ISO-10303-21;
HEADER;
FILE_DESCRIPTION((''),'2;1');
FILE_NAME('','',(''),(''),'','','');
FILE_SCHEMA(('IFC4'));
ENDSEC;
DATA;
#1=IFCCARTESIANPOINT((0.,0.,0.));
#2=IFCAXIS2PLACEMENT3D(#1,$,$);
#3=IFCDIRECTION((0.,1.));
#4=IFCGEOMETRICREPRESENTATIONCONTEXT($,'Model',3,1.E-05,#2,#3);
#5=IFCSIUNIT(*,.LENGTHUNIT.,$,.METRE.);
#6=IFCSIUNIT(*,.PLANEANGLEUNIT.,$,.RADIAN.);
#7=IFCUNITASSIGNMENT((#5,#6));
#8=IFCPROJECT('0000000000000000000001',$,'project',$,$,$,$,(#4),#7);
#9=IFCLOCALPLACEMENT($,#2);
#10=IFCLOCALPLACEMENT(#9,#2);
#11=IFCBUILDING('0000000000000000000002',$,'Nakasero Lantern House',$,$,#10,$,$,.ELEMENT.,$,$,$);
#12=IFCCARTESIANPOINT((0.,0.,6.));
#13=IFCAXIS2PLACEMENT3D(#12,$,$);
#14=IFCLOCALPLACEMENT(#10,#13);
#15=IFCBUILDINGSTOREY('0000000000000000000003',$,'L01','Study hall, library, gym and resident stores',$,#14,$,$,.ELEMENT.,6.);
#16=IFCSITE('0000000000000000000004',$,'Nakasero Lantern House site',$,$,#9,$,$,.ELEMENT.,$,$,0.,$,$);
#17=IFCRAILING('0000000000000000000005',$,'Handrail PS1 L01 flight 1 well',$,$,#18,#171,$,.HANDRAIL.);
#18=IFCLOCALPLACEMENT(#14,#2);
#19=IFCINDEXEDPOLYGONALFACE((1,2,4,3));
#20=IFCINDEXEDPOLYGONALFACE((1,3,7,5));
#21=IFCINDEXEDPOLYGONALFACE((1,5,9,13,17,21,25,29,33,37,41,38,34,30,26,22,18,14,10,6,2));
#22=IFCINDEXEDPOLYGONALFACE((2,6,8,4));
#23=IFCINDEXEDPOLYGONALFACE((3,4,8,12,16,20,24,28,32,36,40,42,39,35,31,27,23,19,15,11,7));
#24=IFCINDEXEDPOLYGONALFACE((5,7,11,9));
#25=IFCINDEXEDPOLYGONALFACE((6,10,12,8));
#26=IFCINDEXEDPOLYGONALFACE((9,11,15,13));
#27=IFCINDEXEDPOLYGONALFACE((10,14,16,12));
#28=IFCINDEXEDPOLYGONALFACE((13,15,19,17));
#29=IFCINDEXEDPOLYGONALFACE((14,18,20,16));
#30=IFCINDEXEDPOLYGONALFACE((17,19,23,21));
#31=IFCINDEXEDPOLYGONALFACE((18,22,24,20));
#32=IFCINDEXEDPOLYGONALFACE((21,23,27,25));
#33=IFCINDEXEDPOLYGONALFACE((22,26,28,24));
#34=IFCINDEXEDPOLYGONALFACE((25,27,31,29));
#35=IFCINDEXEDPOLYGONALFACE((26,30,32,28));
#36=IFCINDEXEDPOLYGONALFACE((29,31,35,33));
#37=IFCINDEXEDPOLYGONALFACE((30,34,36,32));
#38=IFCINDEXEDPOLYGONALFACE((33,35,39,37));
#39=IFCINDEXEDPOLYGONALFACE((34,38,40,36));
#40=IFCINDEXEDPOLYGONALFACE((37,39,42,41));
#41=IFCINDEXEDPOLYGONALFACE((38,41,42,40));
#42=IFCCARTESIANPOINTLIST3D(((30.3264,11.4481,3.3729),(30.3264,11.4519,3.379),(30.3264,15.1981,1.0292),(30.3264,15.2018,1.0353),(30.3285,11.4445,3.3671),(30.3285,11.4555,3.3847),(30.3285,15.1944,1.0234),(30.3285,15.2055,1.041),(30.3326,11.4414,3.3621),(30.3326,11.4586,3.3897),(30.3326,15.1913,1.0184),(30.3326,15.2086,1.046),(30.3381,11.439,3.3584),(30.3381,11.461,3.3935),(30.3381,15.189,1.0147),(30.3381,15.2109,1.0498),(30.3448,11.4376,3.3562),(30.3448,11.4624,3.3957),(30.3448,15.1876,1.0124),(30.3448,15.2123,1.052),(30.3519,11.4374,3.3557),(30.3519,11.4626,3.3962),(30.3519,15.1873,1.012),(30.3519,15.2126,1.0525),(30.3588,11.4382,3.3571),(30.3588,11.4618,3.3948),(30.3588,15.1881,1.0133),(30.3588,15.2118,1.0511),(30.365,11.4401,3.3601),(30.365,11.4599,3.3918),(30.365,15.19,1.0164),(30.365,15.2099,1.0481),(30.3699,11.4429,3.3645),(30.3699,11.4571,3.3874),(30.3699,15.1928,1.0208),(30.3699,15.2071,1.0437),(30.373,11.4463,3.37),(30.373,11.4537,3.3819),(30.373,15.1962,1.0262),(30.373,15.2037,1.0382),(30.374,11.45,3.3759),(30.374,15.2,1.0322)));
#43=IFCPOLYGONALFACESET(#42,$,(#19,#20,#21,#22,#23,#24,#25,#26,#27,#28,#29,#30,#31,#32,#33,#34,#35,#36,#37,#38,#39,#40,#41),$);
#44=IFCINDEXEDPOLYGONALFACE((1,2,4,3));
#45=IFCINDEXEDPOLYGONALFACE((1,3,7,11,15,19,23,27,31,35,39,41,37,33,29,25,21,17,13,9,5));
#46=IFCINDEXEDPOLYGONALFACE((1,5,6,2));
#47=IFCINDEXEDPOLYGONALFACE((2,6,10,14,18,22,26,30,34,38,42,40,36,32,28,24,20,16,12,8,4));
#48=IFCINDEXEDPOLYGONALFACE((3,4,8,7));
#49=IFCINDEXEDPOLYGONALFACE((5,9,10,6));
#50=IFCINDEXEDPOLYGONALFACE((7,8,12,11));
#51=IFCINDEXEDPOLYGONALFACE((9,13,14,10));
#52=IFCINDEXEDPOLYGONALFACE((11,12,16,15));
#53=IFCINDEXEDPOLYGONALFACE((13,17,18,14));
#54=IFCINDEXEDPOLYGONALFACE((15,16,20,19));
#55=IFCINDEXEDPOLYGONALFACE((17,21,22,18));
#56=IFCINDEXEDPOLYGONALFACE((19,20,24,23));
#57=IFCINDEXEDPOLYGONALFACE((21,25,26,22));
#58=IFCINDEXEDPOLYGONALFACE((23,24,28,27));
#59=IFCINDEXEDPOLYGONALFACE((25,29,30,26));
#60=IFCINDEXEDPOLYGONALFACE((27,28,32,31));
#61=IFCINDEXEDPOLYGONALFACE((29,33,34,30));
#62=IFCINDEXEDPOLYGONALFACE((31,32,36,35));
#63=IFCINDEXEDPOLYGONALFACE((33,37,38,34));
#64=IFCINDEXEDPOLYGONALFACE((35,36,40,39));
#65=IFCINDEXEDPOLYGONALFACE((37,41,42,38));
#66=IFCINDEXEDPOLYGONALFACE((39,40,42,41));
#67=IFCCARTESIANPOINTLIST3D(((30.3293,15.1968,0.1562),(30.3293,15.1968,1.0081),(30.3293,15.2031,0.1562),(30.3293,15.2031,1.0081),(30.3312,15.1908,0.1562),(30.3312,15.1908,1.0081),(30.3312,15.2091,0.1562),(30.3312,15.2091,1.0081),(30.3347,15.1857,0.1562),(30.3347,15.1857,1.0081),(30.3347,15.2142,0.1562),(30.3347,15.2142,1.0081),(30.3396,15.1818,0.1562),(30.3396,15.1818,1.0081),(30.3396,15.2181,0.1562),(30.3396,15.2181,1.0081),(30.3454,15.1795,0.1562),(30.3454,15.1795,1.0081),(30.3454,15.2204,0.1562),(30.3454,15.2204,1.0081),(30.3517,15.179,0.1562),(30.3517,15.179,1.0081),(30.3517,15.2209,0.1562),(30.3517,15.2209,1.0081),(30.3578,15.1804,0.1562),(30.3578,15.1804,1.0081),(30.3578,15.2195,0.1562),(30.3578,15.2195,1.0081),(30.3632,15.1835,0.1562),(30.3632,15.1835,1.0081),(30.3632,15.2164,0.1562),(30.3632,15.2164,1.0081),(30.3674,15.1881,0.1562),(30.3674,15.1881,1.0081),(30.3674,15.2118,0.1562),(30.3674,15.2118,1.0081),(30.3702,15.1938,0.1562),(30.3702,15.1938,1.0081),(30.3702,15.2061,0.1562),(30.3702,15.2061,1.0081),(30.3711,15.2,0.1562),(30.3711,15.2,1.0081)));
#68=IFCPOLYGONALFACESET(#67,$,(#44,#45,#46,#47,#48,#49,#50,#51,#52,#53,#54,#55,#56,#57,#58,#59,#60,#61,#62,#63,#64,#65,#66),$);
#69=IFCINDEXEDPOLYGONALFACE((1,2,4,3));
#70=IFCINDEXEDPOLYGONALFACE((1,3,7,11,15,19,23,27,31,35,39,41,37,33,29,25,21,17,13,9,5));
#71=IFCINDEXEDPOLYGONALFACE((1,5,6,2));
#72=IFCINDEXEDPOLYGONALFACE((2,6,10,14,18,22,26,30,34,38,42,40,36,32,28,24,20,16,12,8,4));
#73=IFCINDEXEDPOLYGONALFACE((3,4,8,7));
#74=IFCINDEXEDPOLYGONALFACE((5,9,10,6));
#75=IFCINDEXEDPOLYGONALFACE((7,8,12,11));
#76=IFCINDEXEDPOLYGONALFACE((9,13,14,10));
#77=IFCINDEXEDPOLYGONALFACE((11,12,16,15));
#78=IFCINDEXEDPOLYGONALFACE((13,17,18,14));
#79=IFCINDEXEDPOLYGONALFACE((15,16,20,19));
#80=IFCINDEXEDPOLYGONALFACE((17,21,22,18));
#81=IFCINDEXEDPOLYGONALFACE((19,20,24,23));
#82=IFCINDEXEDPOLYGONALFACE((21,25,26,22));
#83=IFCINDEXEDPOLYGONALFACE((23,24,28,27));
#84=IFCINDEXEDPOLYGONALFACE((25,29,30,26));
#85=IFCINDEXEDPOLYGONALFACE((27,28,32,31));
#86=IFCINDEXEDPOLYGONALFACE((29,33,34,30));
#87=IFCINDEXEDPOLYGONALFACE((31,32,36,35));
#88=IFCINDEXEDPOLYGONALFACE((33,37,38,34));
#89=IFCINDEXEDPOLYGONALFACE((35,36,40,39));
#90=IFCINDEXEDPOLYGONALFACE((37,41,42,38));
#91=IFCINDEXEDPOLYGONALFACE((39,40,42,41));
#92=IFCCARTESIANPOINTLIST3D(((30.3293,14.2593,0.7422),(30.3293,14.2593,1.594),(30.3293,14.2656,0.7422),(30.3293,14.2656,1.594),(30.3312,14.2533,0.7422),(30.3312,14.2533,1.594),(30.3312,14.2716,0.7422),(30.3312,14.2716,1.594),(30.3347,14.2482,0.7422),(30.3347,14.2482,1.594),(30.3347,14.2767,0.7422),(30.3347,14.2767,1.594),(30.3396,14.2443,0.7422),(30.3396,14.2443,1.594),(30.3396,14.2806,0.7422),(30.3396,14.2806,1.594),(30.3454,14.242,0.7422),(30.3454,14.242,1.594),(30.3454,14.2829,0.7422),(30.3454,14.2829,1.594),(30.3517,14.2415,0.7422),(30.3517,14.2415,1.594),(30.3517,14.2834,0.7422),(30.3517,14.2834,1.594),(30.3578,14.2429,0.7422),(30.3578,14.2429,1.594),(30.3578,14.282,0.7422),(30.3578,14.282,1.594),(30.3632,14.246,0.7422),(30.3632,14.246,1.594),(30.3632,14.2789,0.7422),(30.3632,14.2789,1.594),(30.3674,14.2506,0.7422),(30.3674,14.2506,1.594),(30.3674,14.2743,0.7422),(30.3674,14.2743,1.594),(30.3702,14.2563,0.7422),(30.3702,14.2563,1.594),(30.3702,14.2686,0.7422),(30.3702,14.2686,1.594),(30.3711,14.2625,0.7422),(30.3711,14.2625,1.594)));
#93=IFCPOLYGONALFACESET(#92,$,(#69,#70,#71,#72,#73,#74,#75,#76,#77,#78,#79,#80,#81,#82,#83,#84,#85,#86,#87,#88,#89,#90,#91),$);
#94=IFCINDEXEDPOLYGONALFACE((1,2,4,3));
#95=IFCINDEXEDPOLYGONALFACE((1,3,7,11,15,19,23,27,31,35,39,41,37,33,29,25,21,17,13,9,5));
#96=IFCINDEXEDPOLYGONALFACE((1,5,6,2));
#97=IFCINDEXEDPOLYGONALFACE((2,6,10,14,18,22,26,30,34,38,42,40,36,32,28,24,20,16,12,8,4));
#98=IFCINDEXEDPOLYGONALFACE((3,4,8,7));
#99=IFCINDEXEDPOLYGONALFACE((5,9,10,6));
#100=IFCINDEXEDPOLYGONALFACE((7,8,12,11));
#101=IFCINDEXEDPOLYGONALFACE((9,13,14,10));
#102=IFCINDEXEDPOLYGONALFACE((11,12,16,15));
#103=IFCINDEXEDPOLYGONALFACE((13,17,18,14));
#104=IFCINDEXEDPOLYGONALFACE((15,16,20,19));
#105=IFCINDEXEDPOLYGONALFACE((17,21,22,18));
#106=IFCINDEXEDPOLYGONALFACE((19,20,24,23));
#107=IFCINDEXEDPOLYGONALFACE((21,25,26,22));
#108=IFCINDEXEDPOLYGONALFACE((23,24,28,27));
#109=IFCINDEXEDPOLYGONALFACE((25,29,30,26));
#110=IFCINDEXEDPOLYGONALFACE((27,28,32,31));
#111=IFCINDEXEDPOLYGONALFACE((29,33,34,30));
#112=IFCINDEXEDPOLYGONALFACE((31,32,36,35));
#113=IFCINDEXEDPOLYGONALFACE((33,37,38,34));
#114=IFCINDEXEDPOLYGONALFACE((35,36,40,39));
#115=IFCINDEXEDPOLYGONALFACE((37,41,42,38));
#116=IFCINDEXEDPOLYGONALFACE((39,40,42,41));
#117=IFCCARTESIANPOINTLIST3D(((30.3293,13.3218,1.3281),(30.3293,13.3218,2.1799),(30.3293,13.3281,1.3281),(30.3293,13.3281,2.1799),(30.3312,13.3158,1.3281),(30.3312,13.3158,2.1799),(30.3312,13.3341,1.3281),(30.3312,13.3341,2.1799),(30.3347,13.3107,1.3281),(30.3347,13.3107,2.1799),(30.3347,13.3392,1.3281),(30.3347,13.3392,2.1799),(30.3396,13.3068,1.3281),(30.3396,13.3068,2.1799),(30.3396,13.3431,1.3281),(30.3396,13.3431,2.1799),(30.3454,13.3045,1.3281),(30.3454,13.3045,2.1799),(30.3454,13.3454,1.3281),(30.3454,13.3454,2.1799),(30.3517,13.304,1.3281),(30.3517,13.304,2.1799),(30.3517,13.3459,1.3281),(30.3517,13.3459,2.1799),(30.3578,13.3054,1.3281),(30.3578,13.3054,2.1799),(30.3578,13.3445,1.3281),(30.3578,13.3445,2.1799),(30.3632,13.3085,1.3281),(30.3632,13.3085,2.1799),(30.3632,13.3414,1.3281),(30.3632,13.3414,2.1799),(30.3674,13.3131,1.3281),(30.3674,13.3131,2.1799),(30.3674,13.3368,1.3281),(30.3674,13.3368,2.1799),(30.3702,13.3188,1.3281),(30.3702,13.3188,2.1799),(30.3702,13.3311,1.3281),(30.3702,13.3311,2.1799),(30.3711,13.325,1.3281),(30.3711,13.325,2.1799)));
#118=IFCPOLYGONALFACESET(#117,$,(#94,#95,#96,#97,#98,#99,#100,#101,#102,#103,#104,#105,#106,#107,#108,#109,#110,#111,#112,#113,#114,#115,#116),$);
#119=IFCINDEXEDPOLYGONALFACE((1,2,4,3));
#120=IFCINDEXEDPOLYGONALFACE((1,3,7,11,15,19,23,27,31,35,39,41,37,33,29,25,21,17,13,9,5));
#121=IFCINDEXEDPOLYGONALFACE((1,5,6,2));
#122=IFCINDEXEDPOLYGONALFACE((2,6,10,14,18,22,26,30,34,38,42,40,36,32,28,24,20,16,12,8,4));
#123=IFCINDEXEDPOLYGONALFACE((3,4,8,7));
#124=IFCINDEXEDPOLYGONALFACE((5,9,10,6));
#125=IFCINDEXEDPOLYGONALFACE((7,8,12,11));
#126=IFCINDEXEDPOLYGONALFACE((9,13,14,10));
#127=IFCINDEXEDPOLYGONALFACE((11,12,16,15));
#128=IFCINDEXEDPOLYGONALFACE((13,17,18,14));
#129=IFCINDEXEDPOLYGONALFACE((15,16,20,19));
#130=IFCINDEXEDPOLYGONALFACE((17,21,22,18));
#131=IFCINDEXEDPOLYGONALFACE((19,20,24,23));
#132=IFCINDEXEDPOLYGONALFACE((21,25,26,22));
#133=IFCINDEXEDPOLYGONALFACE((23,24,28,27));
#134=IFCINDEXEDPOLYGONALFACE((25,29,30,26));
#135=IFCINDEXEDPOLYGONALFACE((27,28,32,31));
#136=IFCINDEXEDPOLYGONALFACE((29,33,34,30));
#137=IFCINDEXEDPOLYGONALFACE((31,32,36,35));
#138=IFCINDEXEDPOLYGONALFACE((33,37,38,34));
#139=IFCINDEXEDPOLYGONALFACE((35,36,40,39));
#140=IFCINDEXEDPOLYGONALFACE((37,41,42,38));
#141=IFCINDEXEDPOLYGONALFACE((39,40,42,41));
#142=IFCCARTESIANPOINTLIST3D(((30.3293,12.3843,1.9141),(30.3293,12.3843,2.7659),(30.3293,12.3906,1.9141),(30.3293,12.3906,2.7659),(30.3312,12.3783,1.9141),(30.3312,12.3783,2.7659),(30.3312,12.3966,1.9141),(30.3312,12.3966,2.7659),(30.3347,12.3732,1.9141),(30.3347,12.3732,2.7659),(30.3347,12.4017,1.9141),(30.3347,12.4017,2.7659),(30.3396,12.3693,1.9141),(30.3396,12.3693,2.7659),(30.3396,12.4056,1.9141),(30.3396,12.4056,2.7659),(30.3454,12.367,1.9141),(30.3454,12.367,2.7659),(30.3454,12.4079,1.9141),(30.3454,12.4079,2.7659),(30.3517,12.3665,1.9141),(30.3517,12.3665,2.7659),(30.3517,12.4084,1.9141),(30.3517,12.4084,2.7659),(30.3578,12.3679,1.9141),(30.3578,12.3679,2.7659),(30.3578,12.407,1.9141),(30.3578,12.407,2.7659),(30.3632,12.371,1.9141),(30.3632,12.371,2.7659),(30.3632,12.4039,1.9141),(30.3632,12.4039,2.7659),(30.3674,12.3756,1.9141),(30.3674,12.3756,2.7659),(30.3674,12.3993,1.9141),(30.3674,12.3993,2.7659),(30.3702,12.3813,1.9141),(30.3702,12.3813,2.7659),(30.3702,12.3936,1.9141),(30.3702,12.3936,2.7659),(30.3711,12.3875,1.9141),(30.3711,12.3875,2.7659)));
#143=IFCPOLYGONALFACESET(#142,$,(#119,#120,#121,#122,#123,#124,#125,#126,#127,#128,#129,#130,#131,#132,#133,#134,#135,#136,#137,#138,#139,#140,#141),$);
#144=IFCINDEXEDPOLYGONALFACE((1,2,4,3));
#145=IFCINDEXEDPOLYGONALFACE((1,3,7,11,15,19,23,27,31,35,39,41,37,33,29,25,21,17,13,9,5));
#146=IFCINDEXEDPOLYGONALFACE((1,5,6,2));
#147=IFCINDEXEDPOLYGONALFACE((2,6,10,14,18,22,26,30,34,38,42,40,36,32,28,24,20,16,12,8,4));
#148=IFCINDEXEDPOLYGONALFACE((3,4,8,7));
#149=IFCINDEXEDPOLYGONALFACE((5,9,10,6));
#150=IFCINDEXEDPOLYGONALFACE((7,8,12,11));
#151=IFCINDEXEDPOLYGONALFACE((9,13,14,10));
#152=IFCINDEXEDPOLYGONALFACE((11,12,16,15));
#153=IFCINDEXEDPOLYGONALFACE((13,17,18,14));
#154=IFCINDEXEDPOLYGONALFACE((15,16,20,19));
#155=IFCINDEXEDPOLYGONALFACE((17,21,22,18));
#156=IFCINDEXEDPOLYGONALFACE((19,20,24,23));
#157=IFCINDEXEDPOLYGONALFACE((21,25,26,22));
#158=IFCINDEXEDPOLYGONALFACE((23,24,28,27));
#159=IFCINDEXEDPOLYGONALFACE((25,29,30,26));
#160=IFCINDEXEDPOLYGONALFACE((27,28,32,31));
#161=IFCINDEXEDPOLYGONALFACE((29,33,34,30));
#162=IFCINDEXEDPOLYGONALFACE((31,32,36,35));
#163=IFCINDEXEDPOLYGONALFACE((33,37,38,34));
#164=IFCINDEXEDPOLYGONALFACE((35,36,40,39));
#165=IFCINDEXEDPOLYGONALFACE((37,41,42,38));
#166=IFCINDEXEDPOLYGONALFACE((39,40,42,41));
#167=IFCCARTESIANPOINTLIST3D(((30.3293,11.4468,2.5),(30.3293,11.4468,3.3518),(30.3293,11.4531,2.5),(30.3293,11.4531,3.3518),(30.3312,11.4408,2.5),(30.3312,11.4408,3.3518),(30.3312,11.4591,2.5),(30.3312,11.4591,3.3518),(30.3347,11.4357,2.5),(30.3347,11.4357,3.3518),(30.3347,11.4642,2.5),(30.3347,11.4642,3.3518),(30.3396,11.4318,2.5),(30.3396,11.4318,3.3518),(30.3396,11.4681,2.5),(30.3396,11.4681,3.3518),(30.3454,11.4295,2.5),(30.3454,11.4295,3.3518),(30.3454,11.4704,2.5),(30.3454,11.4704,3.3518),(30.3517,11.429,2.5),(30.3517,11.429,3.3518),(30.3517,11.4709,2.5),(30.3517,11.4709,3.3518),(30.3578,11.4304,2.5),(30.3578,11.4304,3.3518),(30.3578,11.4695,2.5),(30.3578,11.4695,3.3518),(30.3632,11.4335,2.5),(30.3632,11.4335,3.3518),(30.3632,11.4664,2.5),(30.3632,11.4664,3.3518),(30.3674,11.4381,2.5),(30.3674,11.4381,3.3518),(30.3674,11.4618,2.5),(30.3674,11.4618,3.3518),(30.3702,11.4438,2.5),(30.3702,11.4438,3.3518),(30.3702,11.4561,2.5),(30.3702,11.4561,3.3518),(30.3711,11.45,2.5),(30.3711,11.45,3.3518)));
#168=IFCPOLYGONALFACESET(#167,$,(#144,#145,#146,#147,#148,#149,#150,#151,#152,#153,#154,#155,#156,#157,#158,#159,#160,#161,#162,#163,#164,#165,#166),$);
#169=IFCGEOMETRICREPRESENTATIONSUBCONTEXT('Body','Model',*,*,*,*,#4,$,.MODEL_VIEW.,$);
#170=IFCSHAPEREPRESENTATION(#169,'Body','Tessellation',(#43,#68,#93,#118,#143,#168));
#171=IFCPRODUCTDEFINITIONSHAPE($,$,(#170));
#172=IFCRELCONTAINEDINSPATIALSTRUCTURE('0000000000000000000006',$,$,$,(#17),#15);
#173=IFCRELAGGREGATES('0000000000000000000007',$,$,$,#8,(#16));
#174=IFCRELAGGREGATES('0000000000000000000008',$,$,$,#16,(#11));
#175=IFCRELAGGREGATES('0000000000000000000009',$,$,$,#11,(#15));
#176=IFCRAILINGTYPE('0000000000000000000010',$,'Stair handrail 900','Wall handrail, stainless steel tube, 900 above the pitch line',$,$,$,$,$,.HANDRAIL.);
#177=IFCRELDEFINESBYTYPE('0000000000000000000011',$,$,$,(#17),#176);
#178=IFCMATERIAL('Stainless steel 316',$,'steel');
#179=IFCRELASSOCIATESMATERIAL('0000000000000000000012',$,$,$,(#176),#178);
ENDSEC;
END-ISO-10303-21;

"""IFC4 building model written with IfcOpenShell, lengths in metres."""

from ifc_helpers import new_model, si_unit, direction, frame, origin, origin_2d, place, context, subcontext, project, spatial, circle, extrude, material, type_object, element, save


model = new_model("IFC4")

# Units and contexts
model_context = context("Model", 3, precision=1e-05, world=origin(), true_north=direction((0.0, 1.0)))
body_context = subcontext(model_context, "Body", "Model", "MODEL_VIEW")
ifc_project = project(units=[si_unit("LENGTHUNIT", "METRE"), si_unit("PLANEANGLEUNIT", "RADIAN")], contexts=[model_context])

# Site, building, storey
site_placement = place(None, origin())
site = spatial("IfcSite", under=ifc_project, at=site_placement, Name="Nakasero Lantern House site", CompositionType="ELEMENT", RefElevation=0.0)
building_placement = place(site_placement, origin())
building = spatial("IfcBuilding", under=site, at=building_placement, Name="Nakasero Lantern House", CompositionType="ELEMENT")
storey_placement = place(building_placement, frame((0.0, 0.0, 6.0)))
storey = spatial("IfcBuildingStorey", under=building, at=storey_placement, Name="L01", Description="Study hall, library, gym and resident stores", CompositionType="ELEMENT", Elevation=6.0)

# Railing
ifc_material_1 = material(Name="Stainless steel 316", Category="steel")
railing_type = type_object("IfcRailingType", Name="Stair handrail 900", Description="Wall handrail, stainless steel tube, 900 above the pitch line", PredefinedType="HANDRAIL", material=ifc_material_1)
for number, where, name in (
    (1, (30.3501, 15.2, 0.1562), "Handrail PS1 L01 flight 1 well"),
):
    element("IfcRailing", number, at=place(storey_placement, frame(where)), inside=storey, type_object=railing_type, Name=name, PredefinedType="HANDRAIL", context=body_context, shape_type="SweptSolid", body=[
        extrude(circle(Radius=0.0239, at=origin_2d()), frame((0.0, 0.0, 0.876), z_axis=(0.0, -0.847998, 0.529999), x_axis=(1.0, 0.0, 0.0)), (0.0, 0.0, 1.0), 4.4221),
        extrude(circle(Radius=0.021, at=origin_2d()), origin(), (0.0, 0.0, 1.0), 0.8518),
        extrude(circle(Radius=0.021, at=origin_2d()), frame((0.0, -0.9375, 0.5859)), (0.0, 0.0, 1.0), 0.8518),
        extrude(circle(Radius=0.021, at=origin_2d()), frame((0.0, -1.875, 1.1719)), (0.0, 0.0, 1.0), 0.8518),
        extrude(circle(Radius=0.021, at=origin_2d()), frame((0.0, -2.8125, 1.7578)), (0.0, 0.0, 1.0), 0.8518),
        extrude(circle(Radius=0.021, at=origin_2d()), frame((0.0, -3.75, 2.3438)), (0.0, 0.0, 1.0), 0.8518),
    ])

save(model, "model.ifc")
